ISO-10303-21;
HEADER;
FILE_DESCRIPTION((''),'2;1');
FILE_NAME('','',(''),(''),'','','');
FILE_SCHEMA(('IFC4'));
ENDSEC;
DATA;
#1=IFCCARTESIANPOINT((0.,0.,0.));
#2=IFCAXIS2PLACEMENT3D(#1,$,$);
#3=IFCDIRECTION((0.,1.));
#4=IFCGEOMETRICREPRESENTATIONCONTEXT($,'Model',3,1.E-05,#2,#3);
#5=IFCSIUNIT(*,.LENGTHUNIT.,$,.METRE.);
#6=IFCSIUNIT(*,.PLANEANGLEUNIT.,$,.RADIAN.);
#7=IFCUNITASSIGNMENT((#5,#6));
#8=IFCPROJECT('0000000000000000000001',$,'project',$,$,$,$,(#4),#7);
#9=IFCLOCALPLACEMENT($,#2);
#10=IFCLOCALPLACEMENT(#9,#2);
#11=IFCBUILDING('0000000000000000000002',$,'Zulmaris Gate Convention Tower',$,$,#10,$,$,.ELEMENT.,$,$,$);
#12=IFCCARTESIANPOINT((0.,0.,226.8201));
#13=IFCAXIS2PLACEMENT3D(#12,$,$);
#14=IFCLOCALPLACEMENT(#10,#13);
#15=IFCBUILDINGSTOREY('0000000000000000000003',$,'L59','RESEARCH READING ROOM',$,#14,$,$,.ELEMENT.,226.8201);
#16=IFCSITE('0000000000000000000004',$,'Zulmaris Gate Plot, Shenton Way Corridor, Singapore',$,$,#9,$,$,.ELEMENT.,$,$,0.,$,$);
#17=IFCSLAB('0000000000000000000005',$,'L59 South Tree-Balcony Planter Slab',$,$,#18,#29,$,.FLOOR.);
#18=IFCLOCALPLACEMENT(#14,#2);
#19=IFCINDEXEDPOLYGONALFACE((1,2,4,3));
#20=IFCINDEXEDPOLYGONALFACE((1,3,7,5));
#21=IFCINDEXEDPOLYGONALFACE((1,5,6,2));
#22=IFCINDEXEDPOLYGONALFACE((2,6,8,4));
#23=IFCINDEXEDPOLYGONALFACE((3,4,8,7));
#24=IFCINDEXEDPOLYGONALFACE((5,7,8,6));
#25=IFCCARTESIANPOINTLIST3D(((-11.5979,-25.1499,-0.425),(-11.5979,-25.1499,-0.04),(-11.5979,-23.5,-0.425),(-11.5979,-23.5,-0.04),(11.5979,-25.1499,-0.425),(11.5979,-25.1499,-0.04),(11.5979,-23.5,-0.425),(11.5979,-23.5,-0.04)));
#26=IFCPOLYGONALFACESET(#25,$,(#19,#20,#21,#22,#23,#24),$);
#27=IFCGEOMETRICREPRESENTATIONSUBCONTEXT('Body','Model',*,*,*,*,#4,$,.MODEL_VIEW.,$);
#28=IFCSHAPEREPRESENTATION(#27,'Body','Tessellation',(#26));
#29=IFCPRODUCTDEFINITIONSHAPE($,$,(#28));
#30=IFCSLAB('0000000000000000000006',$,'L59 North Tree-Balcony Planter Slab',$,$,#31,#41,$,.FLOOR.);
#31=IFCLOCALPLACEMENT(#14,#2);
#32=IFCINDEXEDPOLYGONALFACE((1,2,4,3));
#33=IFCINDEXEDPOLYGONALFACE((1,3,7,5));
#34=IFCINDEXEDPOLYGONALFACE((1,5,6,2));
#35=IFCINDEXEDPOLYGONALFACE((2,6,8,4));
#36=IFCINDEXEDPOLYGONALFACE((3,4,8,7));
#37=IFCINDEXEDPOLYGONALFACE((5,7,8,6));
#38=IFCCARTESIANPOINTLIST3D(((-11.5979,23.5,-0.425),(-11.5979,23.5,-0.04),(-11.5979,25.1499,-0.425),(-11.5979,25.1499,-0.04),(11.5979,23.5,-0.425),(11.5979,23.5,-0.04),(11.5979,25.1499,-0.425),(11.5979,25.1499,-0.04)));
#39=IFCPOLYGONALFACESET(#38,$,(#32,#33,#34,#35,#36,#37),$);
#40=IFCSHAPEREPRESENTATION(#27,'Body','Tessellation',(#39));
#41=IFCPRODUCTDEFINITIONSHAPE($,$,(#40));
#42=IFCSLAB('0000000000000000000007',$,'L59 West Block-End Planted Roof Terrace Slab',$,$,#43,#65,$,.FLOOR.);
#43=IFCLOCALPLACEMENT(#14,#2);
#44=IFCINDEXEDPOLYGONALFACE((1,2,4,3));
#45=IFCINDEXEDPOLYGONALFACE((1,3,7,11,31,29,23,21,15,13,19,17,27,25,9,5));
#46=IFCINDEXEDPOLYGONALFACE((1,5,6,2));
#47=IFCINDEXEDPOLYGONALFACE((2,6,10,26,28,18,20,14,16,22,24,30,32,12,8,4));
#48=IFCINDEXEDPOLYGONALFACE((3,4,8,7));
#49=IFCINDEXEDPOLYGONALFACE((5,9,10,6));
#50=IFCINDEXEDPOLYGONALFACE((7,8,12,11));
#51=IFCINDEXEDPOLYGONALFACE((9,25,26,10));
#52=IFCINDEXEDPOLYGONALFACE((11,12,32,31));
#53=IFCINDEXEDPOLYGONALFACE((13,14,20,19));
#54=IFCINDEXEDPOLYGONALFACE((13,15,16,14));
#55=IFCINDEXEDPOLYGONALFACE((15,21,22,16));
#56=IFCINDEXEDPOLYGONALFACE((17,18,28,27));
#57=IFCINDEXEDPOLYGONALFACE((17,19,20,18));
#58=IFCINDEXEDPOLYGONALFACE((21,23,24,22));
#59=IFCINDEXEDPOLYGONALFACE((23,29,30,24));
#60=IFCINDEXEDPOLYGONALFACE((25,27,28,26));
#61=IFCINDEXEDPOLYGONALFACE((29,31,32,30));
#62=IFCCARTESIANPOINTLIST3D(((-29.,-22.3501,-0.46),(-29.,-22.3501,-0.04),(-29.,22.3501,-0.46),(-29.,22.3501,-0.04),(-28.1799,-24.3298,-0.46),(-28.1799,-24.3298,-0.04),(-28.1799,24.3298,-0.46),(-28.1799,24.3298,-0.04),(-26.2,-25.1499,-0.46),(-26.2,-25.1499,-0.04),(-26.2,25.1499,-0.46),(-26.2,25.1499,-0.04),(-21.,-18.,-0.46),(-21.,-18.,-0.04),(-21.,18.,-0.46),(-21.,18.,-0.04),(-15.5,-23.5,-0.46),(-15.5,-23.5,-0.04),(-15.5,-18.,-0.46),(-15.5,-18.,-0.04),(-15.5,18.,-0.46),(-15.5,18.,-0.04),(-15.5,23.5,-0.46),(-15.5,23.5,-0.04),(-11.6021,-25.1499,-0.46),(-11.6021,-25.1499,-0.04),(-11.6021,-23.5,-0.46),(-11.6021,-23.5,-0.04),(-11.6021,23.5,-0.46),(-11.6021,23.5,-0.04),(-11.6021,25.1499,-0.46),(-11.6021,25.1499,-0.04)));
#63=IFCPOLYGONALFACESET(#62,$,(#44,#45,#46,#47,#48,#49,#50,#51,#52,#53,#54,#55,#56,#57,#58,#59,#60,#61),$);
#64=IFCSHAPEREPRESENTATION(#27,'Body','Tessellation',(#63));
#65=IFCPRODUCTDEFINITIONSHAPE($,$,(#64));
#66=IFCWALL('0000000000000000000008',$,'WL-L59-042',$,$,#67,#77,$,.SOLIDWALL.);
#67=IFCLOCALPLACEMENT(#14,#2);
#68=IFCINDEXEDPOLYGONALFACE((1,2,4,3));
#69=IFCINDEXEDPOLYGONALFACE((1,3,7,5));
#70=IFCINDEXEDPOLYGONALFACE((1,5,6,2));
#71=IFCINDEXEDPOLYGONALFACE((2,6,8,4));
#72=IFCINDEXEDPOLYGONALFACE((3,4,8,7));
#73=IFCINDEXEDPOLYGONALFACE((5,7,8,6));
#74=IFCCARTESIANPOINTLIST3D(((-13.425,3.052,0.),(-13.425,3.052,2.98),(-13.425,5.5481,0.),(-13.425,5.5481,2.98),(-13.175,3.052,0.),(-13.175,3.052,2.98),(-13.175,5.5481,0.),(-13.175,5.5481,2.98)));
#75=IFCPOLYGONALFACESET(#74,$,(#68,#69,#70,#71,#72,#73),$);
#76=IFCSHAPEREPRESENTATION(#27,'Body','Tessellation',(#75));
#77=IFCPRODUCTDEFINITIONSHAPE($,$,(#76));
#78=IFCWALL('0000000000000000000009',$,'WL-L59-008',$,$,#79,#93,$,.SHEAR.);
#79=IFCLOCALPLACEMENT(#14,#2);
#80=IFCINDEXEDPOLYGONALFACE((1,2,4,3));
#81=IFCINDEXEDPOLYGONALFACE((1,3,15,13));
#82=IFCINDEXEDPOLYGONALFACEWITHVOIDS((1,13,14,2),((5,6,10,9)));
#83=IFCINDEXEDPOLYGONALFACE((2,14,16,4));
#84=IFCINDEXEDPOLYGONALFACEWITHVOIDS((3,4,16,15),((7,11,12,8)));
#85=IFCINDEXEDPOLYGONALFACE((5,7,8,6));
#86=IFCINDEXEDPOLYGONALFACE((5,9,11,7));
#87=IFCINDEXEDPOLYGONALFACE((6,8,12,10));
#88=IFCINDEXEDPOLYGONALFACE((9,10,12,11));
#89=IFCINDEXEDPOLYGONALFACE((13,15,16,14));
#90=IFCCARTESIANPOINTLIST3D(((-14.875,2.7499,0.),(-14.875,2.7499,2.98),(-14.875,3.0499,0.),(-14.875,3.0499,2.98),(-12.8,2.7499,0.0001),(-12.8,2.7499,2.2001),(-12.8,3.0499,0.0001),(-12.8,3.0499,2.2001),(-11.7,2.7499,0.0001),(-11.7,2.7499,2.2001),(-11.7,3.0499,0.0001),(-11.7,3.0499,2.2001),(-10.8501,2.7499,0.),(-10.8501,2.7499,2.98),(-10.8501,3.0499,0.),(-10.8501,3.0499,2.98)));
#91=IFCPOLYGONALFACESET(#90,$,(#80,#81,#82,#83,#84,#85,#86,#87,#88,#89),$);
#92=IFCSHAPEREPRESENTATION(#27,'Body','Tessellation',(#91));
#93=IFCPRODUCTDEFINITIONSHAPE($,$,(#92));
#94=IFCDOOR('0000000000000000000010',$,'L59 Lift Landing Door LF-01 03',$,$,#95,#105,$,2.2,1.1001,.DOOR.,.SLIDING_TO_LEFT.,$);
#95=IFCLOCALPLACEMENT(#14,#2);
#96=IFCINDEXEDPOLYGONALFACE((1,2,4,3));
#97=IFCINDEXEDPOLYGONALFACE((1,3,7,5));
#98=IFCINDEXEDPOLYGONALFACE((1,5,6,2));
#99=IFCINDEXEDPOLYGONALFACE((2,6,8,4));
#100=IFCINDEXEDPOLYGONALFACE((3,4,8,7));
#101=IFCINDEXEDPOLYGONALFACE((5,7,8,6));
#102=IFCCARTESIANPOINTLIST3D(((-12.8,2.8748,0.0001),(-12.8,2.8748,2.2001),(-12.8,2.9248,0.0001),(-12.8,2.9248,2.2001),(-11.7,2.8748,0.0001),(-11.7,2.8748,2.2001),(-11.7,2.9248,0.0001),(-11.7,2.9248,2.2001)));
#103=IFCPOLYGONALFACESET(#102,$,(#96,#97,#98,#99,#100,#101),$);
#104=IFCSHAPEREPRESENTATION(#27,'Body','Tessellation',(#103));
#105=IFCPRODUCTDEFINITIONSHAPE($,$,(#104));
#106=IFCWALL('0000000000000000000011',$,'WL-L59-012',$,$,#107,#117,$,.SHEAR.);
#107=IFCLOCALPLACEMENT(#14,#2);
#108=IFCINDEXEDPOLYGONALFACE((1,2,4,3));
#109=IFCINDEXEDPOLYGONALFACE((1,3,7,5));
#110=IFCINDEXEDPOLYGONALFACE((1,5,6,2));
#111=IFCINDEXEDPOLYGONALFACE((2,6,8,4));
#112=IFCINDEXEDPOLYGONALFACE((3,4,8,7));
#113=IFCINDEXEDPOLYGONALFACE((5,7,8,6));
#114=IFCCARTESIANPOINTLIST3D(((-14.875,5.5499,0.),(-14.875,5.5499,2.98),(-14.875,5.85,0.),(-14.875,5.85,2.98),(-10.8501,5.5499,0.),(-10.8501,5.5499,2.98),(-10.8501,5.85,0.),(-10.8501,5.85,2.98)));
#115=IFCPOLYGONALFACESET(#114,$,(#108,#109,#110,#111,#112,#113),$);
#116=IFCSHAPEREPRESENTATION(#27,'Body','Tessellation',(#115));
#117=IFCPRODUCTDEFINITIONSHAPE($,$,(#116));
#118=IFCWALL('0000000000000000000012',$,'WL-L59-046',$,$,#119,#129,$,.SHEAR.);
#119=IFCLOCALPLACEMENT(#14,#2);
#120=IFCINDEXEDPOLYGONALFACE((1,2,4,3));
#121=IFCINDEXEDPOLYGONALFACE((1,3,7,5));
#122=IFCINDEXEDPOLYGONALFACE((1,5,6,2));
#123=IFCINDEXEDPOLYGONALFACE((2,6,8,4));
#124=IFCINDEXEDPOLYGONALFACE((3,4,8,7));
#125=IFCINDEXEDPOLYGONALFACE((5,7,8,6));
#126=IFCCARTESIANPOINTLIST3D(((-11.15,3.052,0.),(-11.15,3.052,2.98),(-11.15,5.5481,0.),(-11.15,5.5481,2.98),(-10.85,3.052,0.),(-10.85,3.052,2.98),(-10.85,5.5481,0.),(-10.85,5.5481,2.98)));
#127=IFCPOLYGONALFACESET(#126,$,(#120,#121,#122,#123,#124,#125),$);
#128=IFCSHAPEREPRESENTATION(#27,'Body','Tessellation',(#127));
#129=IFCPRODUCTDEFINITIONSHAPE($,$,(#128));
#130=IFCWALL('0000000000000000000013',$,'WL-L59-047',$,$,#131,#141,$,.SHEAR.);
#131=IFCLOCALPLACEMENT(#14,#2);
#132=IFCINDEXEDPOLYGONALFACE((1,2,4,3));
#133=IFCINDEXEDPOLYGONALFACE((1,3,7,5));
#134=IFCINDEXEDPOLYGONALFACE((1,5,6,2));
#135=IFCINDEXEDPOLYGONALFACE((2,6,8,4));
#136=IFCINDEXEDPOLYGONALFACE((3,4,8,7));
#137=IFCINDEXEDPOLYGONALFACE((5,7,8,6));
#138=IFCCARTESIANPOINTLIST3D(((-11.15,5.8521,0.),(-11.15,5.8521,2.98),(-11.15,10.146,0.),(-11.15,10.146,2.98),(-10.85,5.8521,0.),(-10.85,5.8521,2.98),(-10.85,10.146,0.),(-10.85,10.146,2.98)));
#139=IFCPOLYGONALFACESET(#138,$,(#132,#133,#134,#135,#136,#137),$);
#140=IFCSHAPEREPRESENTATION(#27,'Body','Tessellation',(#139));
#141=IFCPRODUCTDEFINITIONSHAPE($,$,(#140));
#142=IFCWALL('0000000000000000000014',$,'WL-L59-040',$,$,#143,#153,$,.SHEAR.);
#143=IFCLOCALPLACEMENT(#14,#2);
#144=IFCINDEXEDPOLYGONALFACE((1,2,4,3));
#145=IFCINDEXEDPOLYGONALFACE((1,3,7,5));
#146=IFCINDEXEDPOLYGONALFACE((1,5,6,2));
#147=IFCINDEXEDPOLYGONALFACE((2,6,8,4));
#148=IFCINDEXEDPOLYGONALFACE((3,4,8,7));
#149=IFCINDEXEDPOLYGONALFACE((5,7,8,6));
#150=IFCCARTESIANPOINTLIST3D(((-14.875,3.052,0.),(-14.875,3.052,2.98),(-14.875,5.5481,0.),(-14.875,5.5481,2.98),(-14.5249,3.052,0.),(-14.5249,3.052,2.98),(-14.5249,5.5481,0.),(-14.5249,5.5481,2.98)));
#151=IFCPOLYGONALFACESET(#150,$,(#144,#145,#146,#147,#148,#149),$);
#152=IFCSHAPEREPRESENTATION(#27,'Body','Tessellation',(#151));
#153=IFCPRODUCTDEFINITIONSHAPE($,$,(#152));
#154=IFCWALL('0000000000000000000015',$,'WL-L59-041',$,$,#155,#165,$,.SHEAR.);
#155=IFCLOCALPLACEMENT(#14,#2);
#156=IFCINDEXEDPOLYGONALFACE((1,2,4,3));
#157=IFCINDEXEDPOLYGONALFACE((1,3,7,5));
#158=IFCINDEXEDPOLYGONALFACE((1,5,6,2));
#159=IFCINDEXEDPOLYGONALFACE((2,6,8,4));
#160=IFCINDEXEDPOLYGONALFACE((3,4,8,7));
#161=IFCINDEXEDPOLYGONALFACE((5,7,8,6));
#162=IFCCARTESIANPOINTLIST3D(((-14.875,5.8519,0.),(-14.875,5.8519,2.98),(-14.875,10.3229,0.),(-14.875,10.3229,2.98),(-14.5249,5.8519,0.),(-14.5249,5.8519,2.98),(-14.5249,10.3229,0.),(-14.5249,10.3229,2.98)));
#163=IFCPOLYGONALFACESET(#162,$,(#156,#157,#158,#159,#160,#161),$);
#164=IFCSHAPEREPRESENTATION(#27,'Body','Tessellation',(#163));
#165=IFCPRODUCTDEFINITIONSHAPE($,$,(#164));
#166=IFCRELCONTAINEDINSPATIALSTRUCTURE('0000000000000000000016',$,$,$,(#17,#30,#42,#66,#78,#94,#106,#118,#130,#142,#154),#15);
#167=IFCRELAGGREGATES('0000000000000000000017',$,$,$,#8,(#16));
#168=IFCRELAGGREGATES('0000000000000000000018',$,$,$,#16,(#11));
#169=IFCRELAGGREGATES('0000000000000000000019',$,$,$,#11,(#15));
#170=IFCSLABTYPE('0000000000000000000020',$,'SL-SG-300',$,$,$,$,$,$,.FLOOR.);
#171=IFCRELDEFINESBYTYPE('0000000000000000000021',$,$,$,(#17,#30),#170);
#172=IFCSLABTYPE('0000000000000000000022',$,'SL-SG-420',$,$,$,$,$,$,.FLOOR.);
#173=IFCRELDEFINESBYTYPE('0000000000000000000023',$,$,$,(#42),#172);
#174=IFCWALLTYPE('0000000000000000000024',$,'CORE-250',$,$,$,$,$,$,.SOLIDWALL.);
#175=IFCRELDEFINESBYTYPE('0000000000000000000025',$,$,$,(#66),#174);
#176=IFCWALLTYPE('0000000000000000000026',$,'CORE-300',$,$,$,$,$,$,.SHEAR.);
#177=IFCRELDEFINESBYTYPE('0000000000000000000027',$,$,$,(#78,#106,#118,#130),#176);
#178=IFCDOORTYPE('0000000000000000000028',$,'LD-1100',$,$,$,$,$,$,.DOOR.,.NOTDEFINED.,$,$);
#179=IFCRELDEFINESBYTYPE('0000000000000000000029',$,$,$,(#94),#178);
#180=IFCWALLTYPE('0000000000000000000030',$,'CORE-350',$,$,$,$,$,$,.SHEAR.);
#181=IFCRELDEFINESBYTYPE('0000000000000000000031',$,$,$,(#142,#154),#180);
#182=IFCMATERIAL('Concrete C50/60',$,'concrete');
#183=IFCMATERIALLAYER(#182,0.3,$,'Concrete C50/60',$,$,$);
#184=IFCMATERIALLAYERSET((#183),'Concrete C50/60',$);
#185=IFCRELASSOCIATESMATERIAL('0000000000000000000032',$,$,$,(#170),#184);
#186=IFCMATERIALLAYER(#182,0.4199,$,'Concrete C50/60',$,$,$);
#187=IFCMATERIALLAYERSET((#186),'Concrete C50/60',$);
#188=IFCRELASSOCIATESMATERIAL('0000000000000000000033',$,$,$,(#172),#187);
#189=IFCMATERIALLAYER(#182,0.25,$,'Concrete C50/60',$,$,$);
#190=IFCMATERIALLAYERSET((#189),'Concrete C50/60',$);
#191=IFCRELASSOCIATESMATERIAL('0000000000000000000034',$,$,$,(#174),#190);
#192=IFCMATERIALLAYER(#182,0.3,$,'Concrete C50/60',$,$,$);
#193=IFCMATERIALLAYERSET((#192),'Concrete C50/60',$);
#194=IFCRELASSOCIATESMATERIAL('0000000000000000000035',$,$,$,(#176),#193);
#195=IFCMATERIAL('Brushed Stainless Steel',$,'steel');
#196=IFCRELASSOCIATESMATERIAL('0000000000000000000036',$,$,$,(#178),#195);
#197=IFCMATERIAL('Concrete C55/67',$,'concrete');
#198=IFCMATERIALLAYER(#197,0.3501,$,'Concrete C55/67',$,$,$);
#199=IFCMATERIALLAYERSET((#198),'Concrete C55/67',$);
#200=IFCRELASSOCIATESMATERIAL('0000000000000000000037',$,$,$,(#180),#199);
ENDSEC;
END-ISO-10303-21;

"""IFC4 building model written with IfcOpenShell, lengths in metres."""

from ifc_helpers import new_model, si_unit, direction, frame, frame_2d, origin, place, context, subcontext, project, spatial, polyline, rectangle, outline, extrude, material, layer, layer_set, type_object, element, fill, save


model = new_model("IFC4")

# Units and contexts
model_context = context("Model", 3, precision=1e-05, world=origin(), true_north=direction((0.0, 1.0)))
body_context = subcontext(model_context, "Body", "Model", "MODEL_VIEW")
ifc_project = project(units=[si_unit("LENGTHUNIT", "METRE"), si_unit("PLANEANGLEUNIT", "RADIAN")], contexts=[model_context])

# Site, building, storey
site_placement = place(None, origin())
site = spatial("IfcSite", under=ifc_project, at=site_placement, Name="Zulmaris Gate Plot, Shenton Way Corridor, Singapore", CompositionType="ELEMENT", RefElevation=0.0)
building_placement = place(site_placement, origin())
building = spatial("IfcBuilding", under=site, at=building_placement, Name="Zulmaris Gate Convention Tower", CompositionType="ELEMENT")
storey_placement = place(building_placement, frame((0.0, 0.0, 226.8201)))
storey = spatial("IfcBuildingStorey", under=building, at=storey_placement, Name="L59", Description="RESEARCH READING ROOM", CompositionType="ELEMENT", Elevation=226.8201)

# Shared definitions
ifc_material_1 = material(Name="Concrete C50/60", Category="concrete")

# Slabs
ifc_layer_1 = layer(ifc_material_1, 0.3, Name="Concrete C50/60")
ifc_layer_set_1 = layer_set([ifc_layer_1], Name="Concrete C50/60")
slab_type_1 = type_object("IfcSlabType", Name="SL-SG-300", PredefinedType="FLOOR", material=ifc_layer_set_1)
slab_1_placement = place(storey_placement, frame((0.0, 0.0, -0.425)))
element("IfcSlab", 1, at=slab_1_placement, inside=storey, type_object=slab_type_1, Name="L59 South Tree-Balcony Planter Slab", PredefinedType="FLOOR", context=body_context, shape_type="SweptSolid", body=[
    extrude(outline(polyline([(-11.5979, -25.1499), (-11.5979, -23.5), (11.5979, -23.5), (11.5979, -25.1499), (-11.5979, -25.1499)])), origin(), (0.0, 0.0, 1.0), 0.385),
])
slab_2_placement = place(storey_placement, frame((0.0, 0.0, -0.425)))
element("IfcSlab", 2, at=slab_2_placement, inside=storey, type_object=slab_type_1, Name="L59 North Tree-Balcony Planter Slab", PredefinedType="FLOOR", context=body_context, shape_type="SweptSolid", body=[
    extrude(outline(polyline([(11.5979, 25.1499), (11.5979, 23.5), (-11.5979, 23.5), (-11.5979, 25.1499), (11.5979, 25.1499)])), origin(), (0.0, 0.0, 1.0), 0.385),
])
ifc_layer_2 = layer(ifc_material_1, 0.4199, Name="Concrete C50/60")
ifc_layer_set_2 = layer_set([ifc_layer_2], Name="Concrete C50/60")
slab_type_2 = type_object("IfcSlabType", Name="SL-SG-420", PredefinedType="FLOOR", material=ifc_layer_set_2)
slab_3_placement = place(storey_placement, frame((0.0, 0.0, -0.46)))
element("IfcSlab", 3, at=slab_3_placement, inside=storey, type_object=slab_type_2, Name="L59 West Block-End Planted Roof Terrace Slab", PredefinedType="FLOOR", context=body_context, shape_type="SweptSolid", body=[
    extrude(outline(polyline([(-29.0, 22.3501), (-28.1799, 24.3298), (-26.2, 25.1499), (-11.6021, 25.1499), (-11.6021, 23.5), (-15.5, 23.5), (-15.5, 18.0), (-21.0, 18.0), (-21.0, -18.0), (-15.5, -18.0), (-15.5, -23.5), (-11.6021, -23.5), (-11.6021, -25.1499), (-26.2, -25.1499), (-28.1799, -24.3298), (-29.0, -22.3501), (-29.0, 22.3501)])), origin(), (0.0, 0.0, 1.0), 0.4199),
])

# Wall
ifc_layer_3 = layer(ifc_material_1, 0.25, Name="Concrete C50/60")
ifc_layer_set_3 = layer_set([ifc_layer_3], Name="Concrete C50/60")
wall_type_1 = type_object("IfcWallType", Name="CORE-250", PredefinedType="SOLIDWALL", material=ifc_layer_set_3)
wall_1_placement = place(storey_placement, frame((-13.3, 3.052, 0.0), z_axis=(0.0, 0.0, 1.0), x_axis=(0.0, 1.0, 0.0)))
element("IfcWall", 4, at=wall_1_placement, inside=storey, type_object=wall_type_1, Name="WL-L59-042", PredefinedType="SOLIDWALL", context=body_context, shape_type="SweptSolid", body=[
    extrude(rectangle(XDim=2.4961, YDim=0.25, at=frame_2d((1.248, 0.0))), origin(), (0.0, 0.0, 1.0), 2.98),
])

# Wall, opening, door
ifc_layer_4 = layer(ifc_material_1, 0.3, Name="Concrete C50/60")
ifc_layer_set_4 = layer_set([ifc_layer_4], Name="Concrete C50/60")
wall_type_2 = type_object("IfcWallType", Name="CORE-300", PredefinedType="SHEAR", material=ifc_layer_set_4)
wall_2_placement = place(storey_placement, frame((-14.875, 2.8999, 0.0), z_axis=(0.0, 0.0, 1.0), x_axis=(1.0, 0.0, 0.0)))
wall_2 = element("IfcWall", 5, at=wall_2_placement, inside=storey, type_object=wall_type_2, Name="WL-L59-008", PredefinedType="SHEAR", context=body_context, shape_type="SweptSolid", body=[
    extrude(rectangle(XDim=4.0249, YDim=0.3, at=frame_2d((2.0125, 0.0))), origin(), (0.0, 0.0, 1.0), 2.98),
])
opening_1_placement = place(wall_2_placement, frame((2.075, 0.0, 0.0)))
opening_1 = element("IfcOpeningElement", 6, at=opening_1_placement, cuts=wall_2, PredefinedType="OPENING", context=body_context, shape_type="SweptSolid", body=[
    extrude(rectangle(XDim=1.1001, YDim=2.2, at=frame_2d((0.55, 1.1001))), frame((0.0, 0.1602, 0.0), z_axis=(0.0, -1.0, 0.0), x_axis=(1.0, 0.0, 0.0)), (0.0, 0.0, 1.0), 0.3201),
])
ifc_material_2 = material(Name="Brushed Stainless Steel", Category="steel")
door_type_1 = type_object("IfcDoorType", Name="LD-1100", OperationType="NOTDEFINED", PredefinedType="DOOR", material=ifc_material_2)
door_1_placement = place(opening_1_placement, origin())
door_1 = element("IfcDoor", 7, at=door_1_placement, inside=storey, type_object=door_type_1, Name="L59 Lift Landing Door LF-01 03", OperationType="SLIDING_TO_LEFT", OverallHeight=2.2, OverallWidth=1.1001, PredefinedType="DOOR", context=body_context, shape_type="SweptSolid", body=[
    extrude(rectangle(XDim=1.1001, YDim=2.2, at=frame_2d((0.55, 1.1001))), frame((0.0, 0.0249, 0.0), z_axis=(0.0, -1.0, 0.0), x_axis=(1.0, 0.0, 0.0)), (0.0, 0.0, 1.0), 0.05),
])
fill(opening_1, door_1)

# Wall
wall_3_placement = place(storey_placement, frame((-14.875, 5.7, 0.0), z_axis=(0.0, 0.0, 1.0), x_axis=(1.0, 0.0, 0.0)))
element("IfcWall", 8, at=wall_3_placement, inside=storey, type_object=wall_type_2, Name="WL-L59-012", PredefinedType="SHEAR", context=body_context, shape_type="SweptSolid", body=[
    extrude(rectangle(XDim=4.0249, YDim=0.3, at=frame_2d((2.0125, 0.0))), origin(), (0.0, 0.0, 1.0), 2.98),
])

# Walls
wall_4_placement = place(storey_placement, frame((-11.0, 3.052, 0.0), z_axis=(0.0, 0.0, 1.0), x_axis=(0.0, 1.0, 0.0)))
element("IfcWall", 9, at=wall_4_placement, inside=storey, type_object=wall_type_2, Name="WL-L59-046", PredefinedType="SHEAR", context=body_context, shape_type="SweptSolid", body=[
    extrude(rectangle(XDim=2.4961, YDim=0.3, at=frame_2d((1.248, 0.0))), origin(), (0.0, 0.0, 1.0), 2.98),
])
wall_5_placement = place(storey_placement, frame((-11.0, 5.8521, 0.0), z_axis=(0.0, 0.0, 1.0), x_axis=(0.0, 1.0, 0.0)))
element("IfcWall", 10, at=wall_5_placement, inside=storey, type_object=wall_type_2, Name="WL-L59-047", PredefinedType="SHEAR", context=body_context, shape_type="SweptSolid", body=[
    extrude(rectangle(XDim=4.2939, YDim=0.3, at=frame_2d((2.147, 0.0))), origin(), (0.0, 0.0, 1.0), 2.98),
])
ifc_material_3 = material(Name="Concrete C55/67", Category="concrete")
ifc_layer_5 = layer(ifc_material_3, 0.3501, Name="Concrete C55/67")
ifc_layer_set_5 = layer_set([ifc_layer_5], Name="Concrete C55/67")
wall_type_3 = type_object("IfcWallType", Name="CORE-350", PredefinedType="SHEAR", material=ifc_layer_set_5)
wall_6_placement = place(storey_placement, frame((-14.7, 3.052, 0.0), z_axis=(0.0, 0.0, 1.0), x_axis=(0.0, 1.0, 0.0)))
element("IfcWall", 11, at=wall_6_placement, inside=storey, type_object=wall_type_3, Name="WL-L59-040", PredefinedType="SHEAR", context=body_context, shape_type="SweptSolid", body=[
    extrude(rectangle(XDim=2.4961, YDim=0.3501, at=frame_2d((1.248, 0.0))), origin(), (0.0, 0.0, 1.0), 2.98),
])
wall_7_placement = place(storey_placement, frame((-14.7, 5.8521, 0.0), z_axis=(0.0, 0.0, 1.0), x_axis=(0.0, 1.0, 0.0)))
element("IfcWall", 12, at=wall_7_placement, inside=storey, type_object=wall_type_3, Name="WL-L59-041", PredefinedType="SHEAR", context=body_context, shape_type="SweptSolid", body=[
    extrude(rectangle(XDim=4.4709, YDim=0.3501, at=frame_2d((2.2354, 0.0))), origin(), (0.0, 0.0, 1.0), 2.98),
])

save(model, "model.ifc")
